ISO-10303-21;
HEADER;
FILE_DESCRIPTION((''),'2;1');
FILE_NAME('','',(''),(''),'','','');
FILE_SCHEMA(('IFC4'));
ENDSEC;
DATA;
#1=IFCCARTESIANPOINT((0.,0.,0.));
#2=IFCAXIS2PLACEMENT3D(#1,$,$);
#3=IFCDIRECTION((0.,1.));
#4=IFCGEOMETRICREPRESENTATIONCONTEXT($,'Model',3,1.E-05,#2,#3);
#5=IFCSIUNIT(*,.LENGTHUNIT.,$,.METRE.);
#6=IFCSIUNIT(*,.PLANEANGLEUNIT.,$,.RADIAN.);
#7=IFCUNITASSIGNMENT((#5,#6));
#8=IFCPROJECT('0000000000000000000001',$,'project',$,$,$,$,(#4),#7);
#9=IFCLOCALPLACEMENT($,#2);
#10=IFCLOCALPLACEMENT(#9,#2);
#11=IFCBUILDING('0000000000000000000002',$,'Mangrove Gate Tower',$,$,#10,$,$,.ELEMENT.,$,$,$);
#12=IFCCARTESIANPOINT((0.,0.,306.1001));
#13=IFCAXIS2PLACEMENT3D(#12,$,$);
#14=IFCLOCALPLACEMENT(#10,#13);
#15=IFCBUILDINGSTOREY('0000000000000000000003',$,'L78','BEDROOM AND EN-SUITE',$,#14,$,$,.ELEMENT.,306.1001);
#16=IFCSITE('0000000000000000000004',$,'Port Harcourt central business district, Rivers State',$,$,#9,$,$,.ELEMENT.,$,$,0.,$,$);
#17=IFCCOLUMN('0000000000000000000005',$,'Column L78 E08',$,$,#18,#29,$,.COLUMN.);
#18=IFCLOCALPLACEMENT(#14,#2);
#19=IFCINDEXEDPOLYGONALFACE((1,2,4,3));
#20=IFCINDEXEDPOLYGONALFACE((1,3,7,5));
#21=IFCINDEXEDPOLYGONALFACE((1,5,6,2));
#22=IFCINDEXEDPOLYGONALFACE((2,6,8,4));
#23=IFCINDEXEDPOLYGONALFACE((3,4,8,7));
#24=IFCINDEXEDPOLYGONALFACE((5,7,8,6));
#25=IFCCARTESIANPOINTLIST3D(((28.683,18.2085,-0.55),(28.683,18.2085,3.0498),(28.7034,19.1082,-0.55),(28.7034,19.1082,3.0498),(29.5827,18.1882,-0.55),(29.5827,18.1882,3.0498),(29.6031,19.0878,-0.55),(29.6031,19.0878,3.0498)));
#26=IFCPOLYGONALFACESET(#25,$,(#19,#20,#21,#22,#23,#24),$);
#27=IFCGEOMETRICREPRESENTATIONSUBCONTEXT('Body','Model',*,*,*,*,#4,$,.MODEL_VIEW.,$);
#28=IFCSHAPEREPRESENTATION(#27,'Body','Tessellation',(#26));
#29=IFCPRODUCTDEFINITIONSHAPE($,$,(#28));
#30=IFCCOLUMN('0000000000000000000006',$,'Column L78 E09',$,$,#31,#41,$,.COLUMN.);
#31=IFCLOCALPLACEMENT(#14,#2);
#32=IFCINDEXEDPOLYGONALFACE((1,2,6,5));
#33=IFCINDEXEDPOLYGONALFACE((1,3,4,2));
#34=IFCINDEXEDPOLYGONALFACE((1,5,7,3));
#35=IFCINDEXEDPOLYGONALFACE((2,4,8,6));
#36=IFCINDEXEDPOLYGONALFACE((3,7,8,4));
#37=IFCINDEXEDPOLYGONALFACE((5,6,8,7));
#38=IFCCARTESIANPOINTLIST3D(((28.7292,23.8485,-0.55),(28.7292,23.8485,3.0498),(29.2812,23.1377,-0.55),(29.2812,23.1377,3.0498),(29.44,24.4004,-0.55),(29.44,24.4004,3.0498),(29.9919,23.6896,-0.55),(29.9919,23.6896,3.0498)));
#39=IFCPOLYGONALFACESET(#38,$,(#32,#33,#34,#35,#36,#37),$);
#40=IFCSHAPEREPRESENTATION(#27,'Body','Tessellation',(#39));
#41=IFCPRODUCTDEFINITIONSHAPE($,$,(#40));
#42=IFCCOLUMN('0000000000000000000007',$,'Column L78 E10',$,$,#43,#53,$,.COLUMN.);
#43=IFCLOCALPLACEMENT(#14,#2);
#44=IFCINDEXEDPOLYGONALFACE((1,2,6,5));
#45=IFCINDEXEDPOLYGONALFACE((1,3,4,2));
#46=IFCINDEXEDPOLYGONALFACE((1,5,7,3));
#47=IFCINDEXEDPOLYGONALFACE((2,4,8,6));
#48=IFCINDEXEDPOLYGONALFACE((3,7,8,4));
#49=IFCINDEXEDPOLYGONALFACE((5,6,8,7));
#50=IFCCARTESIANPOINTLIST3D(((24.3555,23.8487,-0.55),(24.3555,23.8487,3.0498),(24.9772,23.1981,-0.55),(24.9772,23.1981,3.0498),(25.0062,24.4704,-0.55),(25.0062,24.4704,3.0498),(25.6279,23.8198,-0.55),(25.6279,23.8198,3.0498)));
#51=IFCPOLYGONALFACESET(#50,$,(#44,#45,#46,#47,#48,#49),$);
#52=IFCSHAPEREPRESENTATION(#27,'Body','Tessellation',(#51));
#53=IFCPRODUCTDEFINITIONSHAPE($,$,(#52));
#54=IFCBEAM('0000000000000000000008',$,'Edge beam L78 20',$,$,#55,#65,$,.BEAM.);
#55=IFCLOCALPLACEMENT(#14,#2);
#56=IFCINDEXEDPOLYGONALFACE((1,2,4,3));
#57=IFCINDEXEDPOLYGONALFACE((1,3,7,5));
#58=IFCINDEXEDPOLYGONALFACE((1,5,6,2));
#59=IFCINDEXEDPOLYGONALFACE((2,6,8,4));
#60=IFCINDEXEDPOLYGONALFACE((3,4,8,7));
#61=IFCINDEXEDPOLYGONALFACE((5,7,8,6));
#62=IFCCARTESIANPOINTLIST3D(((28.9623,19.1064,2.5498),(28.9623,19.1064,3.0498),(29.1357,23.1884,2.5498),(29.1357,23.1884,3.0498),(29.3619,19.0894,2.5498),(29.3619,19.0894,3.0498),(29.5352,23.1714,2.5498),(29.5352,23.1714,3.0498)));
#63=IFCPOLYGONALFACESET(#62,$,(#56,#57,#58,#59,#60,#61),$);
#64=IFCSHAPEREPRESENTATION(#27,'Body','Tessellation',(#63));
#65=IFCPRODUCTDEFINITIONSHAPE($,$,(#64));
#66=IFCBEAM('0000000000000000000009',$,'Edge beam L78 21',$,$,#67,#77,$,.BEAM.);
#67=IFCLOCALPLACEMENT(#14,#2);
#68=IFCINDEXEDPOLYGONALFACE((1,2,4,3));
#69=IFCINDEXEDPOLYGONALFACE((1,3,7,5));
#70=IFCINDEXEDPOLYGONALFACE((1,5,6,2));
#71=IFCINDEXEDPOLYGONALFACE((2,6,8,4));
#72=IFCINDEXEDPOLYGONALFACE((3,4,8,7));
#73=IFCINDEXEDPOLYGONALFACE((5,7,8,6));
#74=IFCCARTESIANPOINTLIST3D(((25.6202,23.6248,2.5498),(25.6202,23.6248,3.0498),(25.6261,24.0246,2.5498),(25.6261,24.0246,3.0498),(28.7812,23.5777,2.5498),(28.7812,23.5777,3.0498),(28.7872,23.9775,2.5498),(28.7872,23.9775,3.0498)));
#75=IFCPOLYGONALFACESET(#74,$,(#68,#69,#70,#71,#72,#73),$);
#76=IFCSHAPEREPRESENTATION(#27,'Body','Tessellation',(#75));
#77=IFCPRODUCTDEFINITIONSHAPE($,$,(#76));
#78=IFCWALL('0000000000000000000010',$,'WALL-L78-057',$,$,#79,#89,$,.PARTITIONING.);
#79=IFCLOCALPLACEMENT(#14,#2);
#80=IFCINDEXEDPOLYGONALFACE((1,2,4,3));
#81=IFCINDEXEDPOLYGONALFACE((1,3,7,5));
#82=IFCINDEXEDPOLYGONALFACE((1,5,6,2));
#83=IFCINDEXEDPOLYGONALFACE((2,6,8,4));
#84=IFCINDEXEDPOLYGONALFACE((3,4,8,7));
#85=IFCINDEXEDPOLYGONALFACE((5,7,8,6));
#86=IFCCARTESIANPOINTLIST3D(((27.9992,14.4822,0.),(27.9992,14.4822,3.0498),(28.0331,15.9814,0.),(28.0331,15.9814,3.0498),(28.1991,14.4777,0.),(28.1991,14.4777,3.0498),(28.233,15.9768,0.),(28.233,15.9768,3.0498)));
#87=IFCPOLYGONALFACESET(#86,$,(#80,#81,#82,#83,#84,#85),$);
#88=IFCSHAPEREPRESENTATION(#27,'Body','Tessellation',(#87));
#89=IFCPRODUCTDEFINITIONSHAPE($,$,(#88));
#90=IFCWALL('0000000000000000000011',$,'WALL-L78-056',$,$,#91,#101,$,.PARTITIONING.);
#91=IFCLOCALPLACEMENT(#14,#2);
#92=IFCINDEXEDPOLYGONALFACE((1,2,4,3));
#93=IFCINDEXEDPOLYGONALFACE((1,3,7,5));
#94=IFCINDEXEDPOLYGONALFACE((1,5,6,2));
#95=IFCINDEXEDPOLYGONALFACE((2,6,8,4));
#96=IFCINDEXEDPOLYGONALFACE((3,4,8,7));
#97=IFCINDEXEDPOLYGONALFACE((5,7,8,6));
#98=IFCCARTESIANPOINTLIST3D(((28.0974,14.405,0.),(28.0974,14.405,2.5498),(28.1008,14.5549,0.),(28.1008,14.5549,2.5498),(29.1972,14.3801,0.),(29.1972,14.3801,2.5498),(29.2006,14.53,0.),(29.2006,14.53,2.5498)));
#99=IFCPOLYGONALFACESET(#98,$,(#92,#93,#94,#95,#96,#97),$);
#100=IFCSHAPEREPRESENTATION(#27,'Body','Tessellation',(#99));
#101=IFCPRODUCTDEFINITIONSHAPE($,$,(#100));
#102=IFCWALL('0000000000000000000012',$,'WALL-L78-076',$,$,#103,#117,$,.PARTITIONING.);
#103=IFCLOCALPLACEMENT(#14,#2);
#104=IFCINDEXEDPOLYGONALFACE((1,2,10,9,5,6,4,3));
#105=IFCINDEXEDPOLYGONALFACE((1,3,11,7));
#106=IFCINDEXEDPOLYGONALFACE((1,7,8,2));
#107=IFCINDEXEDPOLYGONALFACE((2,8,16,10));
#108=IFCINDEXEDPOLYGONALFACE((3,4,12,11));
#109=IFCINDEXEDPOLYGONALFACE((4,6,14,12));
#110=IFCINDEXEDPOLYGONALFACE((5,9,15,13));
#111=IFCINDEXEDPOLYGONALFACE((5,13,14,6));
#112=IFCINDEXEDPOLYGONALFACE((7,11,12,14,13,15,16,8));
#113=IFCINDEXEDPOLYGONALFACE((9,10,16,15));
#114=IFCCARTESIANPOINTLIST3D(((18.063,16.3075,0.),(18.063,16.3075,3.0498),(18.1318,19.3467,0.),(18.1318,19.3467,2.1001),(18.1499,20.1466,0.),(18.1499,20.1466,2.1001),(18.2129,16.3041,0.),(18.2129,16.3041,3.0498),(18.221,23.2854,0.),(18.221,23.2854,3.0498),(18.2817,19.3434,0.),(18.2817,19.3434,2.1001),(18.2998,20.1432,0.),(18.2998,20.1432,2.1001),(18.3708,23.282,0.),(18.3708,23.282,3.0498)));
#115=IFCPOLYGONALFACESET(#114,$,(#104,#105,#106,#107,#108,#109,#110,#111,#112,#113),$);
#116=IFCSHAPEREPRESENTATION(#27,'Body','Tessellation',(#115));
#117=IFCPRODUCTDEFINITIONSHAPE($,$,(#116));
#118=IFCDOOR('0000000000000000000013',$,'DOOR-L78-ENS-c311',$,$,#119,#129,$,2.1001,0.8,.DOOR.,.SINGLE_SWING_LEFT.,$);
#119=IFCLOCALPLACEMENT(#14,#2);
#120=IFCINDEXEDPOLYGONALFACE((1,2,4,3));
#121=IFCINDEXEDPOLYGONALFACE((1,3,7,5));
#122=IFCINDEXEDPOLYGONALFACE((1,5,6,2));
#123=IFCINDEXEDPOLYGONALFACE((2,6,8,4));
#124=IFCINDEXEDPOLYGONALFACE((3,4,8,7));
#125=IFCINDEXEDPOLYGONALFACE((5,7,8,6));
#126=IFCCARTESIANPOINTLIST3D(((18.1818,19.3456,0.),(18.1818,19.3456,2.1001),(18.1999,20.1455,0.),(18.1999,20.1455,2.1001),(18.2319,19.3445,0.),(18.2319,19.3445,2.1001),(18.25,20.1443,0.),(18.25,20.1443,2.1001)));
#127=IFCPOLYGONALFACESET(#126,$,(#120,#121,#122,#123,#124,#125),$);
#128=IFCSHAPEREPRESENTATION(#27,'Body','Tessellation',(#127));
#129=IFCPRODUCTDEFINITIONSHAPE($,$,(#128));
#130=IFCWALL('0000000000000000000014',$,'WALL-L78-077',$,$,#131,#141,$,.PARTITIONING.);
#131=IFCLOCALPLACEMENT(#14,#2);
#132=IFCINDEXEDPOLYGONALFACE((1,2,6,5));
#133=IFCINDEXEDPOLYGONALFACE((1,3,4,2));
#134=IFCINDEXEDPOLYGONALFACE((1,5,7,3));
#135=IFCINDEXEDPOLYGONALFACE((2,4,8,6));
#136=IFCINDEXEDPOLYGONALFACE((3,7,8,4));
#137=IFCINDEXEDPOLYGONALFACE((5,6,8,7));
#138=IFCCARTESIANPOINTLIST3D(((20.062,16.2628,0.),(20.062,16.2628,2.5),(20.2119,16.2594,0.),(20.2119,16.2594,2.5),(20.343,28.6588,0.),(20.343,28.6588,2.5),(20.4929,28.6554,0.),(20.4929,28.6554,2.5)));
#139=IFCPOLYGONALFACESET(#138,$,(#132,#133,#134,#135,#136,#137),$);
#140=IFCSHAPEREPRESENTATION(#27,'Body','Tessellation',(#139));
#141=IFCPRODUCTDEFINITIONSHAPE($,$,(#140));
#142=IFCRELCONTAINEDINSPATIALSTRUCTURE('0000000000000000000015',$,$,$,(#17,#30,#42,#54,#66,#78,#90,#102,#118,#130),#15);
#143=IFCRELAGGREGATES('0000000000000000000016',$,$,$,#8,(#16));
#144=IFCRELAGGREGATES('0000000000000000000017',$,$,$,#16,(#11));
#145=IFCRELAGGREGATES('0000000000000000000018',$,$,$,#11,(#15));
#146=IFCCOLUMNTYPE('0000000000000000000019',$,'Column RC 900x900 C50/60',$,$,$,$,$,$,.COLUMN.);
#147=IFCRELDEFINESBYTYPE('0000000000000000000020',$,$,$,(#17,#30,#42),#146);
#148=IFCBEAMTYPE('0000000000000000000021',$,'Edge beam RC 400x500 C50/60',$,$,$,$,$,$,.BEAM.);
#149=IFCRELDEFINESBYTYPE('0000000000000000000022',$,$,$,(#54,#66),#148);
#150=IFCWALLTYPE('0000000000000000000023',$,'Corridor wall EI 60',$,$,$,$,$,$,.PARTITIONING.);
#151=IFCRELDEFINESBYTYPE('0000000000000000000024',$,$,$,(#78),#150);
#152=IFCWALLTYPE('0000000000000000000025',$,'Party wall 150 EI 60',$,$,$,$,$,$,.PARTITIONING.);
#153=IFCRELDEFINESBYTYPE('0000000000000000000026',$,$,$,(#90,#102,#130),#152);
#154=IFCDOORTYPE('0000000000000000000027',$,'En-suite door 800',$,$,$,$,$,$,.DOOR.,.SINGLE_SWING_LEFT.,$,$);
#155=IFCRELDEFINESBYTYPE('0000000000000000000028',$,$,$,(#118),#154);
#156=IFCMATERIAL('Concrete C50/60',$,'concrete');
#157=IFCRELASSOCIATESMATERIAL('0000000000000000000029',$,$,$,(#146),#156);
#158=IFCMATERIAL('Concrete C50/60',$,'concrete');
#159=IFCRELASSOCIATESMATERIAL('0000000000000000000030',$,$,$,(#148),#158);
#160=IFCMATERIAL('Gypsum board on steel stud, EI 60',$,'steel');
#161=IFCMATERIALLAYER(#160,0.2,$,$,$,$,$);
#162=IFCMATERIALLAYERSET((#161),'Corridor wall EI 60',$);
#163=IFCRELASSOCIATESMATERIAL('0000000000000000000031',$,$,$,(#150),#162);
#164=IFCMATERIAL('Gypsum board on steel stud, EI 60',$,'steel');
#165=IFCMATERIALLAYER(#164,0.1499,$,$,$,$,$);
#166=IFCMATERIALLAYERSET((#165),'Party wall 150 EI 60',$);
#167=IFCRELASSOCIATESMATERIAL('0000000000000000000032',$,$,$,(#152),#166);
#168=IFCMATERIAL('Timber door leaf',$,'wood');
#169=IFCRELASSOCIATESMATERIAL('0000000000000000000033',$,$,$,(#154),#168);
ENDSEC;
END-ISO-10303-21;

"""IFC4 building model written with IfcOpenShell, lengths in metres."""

from ifc_helpers import new_model, si_unit, direction, frame, frame_2d, origin, origin_2d, place, context, subcontext, project, spatial, rectangle, extrude, material, layer, layer_set, material_profile, profile_set, type_object, element, fill, save


model = new_model("IFC4")

# Units and contexts
model_context = context("Model", 3, precision=1e-05, world=origin(), true_north=direction((0.0, 1.0)))
body_context = subcontext(model_context, "Body", "Model", "MODEL_VIEW")
ifc_project = project(units=[si_unit("LENGTHUNIT", "METRE"), si_unit("PLANEANGLEUNIT", "RADIAN")], contexts=[model_context])

# Site, building, storey
site_placement = place(None, origin())
site = spatial("IfcSite", under=ifc_project, at=site_placement, Name="Port Harcourt central business district, Rivers State", CompositionType="ELEMENT", RefElevation=0.0)
building_placement = place(site_placement, origin())
building = spatial("IfcBuilding", under=site, at=building_placement, Name="Mangrove Gate Tower", CompositionType="ELEMENT")
storey_placement = place(building_placement, frame((0.0, 0.0, 306.1001)))
storey = spatial("IfcBuildingStorey", under=building, at=storey_placement, Name="L78", Description="BEDROOM AND EN-SUITE", CompositionType="ELEMENT", Elevation=306.1001)

# Columns
ifc_material_1 = material(Name="Concrete C50/60", Category="concrete")
ifc_material_profile_1 = material_profile(ifc_material_1, rectangle(XDim=0.8999, YDim=0.8999, at=origin_2d()))
ifc_profile_set_1 = profile_set([ifc_material_profile_1], Name="Concrete C50/60")
column_type = type_object("IfcColumnType", Name="Column RC 900x900 C50/60", PredefinedType="COLUMN", material=ifc_profile_set_1)
for number, where, z_axis, x_axis, name in (
    (1, (29.1431, 18.6482, -0.55), (0.0, 0.0, 1.0), (0.022652, 0.999743, 0.0), "Column L78 E08"),
    (2, (29.3606, 23.769, -0.55), (0.0, 0.0, 1.0), (-0.613295, 0.789854, 0.0), "Column L78 E09"),
    (3, (24.9917, 23.8342, -0.55), (0.0, 0.0, 1.0), (-0.690854, 0.722994, 0.0), "Column L78 E10"),
):
    element("IfcColumn", number, at=place(storey_placement, frame(where, z_axis=z_axis, x_axis=x_axis)), inside=storey, type_object=column_type, Name=name, PredefinedType="COLUMN", context=body_context, shape_type="SweptSolid", body=[
        extrude(rectangle(XDim=0.8999, YDim=0.8999, at=origin_2d()), origin(), (0.0, 0.0, 1.0), 3.5999),
    ])

# Beams
ifc_material_2 = material(Name="Concrete C50/60", Category="concrete")
ifc_material_profile_2 = material_profile(ifc_material_2, rectangle(XDim=0.3999, YDim=0.5, at=origin_2d()))
ifc_profile_set_2 = profile_set([ifc_material_profile_2], Name="Concrete C50/60")
beam_type = type_object("IfcBeamType", Name="Edge beam RC 400x500 C50/60", PredefinedType="BEAM", material=ifc_profile_set_2)
beam_1_placement = place(storey_placement, frame((29.1621, 19.0979, 2.7998), z_axis=(0.042426, 0.9991, 0.0), x_axis=(-0.9991, 0.042426, 0.0)))
element("IfcBeam", 4, at=beam_1_placement, inside=storey, type_object=beam_type, Name="Edge beam L78 20", PredefinedType="BEAM", context=body_context, shape_type="SweptSolid", body=[
    extrude(rectangle(XDim=0.3999, YDim=0.5, at=origin_2d()), origin(), (0.0, 0.0, 1.0), 4.0857),
])
beam_2_placement = place(storey_placement, frame((28.7842, 23.7776, 2.7998), z_axis=(-0.999889, 0.014904, 0.0), x_axis=(-0.014904, -0.999889, 0.0)))
element("IfcBeam", 5, at=beam_2_placement, inside=storey, type_object=beam_type, Name="Edge beam L78 21", PredefinedType="BEAM", context=body_context, shape_type="SweptSolid", body=[
    extrude(rectangle(XDim=0.3999, YDim=0.5, at=origin_2d()), origin(), (0.0, 0.0, 1.0), 3.1614),
])

# Walls
ifc_material_3 = material(Name="Gypsum board on steel stud, EI 60", Category="steel")
ifc_layer_1 = layer(ifc_material_3, 0.2)
ifc_layer_set_1 = layer_set([ifc_layer_1], Name="Corridor wall EI 60")
wall_type_1 = type_object("IfcWallType", Name="Corridor wall EI 60", PredefinedType="PARTITIONING", material=ifc_layer_set_1)
wall_1_placement = place(storey_placement, frame((28.0991, 14.48, 0.0), z_axis=(0.0, 0.0, 1.0), x_axis=(0.022633, 0.999744, 0.0)))
element("IfcWall", 6, at=wall_1_placement, inside=storey, type_object=wall_type_1, Name="WALL-L78-057", PredefinedType="PARTITIONING", context=body_context, shape_type="SweptSolid", body=[
    extrude(rectangle(XDim=1.4995, YDim=0.2, at=frame_2d((0.7498, 0.0))), origin(), (0.0, 0.0, 1.0), 3.0498),
])
ifc_material_4 = material(Name="Gypsum board on steel stud, EI 60", Category="steel")
ifc_layer_2 = layer(ifc_material_4, 0.1499)
ifc_layer_set_2 = layer_set([ifc_layer_2], Name="Party wall 150 EI 60")
wall_type_2 = type_object("IfcWallType", Name="Party wall 150 EI 60", PredefinedType="PARTITIONING", material=ifc_layer_set_2)
wall_2_placement = place(storey_placement, frame((28.0991, 14.48, 0.0), z_axis=(0.0, 0.0, 1.0), x_axis=(0.999744, -0.022636, 0.0)))
element("IfcWall", 7, at=wall_2_placement, inside=storey, type_object=wall_type_2, Name="WALL-L78-056", PredefinedType="PARTITIONING", context=body_context, shape_type="SweptSolid", body=[
    extrude(rectangle(XDim=1.1001, YDim=0.1499, at=frame_2d((0.55, 0.0))), origin(), (0.0, 0.0, 1.0), 2.5498),
])

# Wall, opening, door
wall_3_placement = place(storey_placement, frame((18.1379, 16.3059, 0.0), z_axis=(0.0, 0.0, 1.0), x_axis=(0.022631, 0.999744, 0.0)))
wall_3 = element("IfcWall", 8, at=wall_3_placement, inside=storey, type_object=wall_type_2, Name="WALL-L78-076", PredefinedType="PARTITIONING", context=body_context, shape_type="SweptSolid", body=[
    extrude(rectangle(XDim=6.9797, YDim=0.1499, at=frame_2d((3.4897, 0.0))), origin(), (0.0, 0.0, 1.0), 3.0498),
])
opening_placement = place(wall_3_placement, frame((3.04, 0.0, 0.0)))
opening = element("IfcOpeningElement", 9, at=opening_placement, cuts=wall_3, PredefinedType="OPENING", context=body_context, shape_type="SweptSolid", body=[
    extrude(rectangle(XDim=0.8, YDim=2.1001, at=frame_2d((0.3999, 1.05))), frame((0.0, 0.085, 0.0), z_axis=(0.0, -1.0, 0.0), x_axis=(1.0, 0.0, 0.0)), (0.0, 0.0, 1.0), 0.1699),
])
ifc_material_5 = material(Name="Timber door leaf", Category="wood")
door_type = type_object("IfcDoorType", Name="En-suite door 800", OperationType="SINGLE_SWING_LEFT", PredefinedType="DOOR", material=ifc_material_5)
door_placement = place(opening_placement, origin())
door = element("IfcDoor", 10, at=door_placement, inside=storey, type_object=door_type, Name="DOOR-L78-ENS-c311", OperationType="SINGLE_SWING_LEFT", OverallHeight=2.1001, OverallWidth=0.8, PredefinedType="DOOR", context=body_context, shape_type="SweptSolid", body=[
    extrude(rectangle(XDim=0.8, YDim=2.1001, at=frame_2d((0.3999, 1.05))), frame((0.0, 0.0249, 0.0), z_axis=(0.0, -1.0, 0.0), x_axis=(1.0, 0.0, 0.0)), (0.0, 0.0, 1.0), 0.05),
])
fill(opening, door)

# Wall
wall_4_placement = place(storey_placement, frame((20.137, 16.261, 0.0), z_axis=(0.0, 0.0, 1.0), x_axis=(0.022663, 0.999743, 0.0)))
element("IfcWall", 11, at=wall_4_placement, inside=storey, type_object=wall_type_2, Name="WALL-L78-077", PredefinedType="PARTITIONING", context=body_context, shape_type="SweptSolid", body=[
    extrude(rectangle(XDim=12.3992, YDim=0.1499, at=frame_2d((6.1997, 0.0))), origin(), (0.0, 0.0, 1.0), 2.5),
])

save(model, "model.ifc")
